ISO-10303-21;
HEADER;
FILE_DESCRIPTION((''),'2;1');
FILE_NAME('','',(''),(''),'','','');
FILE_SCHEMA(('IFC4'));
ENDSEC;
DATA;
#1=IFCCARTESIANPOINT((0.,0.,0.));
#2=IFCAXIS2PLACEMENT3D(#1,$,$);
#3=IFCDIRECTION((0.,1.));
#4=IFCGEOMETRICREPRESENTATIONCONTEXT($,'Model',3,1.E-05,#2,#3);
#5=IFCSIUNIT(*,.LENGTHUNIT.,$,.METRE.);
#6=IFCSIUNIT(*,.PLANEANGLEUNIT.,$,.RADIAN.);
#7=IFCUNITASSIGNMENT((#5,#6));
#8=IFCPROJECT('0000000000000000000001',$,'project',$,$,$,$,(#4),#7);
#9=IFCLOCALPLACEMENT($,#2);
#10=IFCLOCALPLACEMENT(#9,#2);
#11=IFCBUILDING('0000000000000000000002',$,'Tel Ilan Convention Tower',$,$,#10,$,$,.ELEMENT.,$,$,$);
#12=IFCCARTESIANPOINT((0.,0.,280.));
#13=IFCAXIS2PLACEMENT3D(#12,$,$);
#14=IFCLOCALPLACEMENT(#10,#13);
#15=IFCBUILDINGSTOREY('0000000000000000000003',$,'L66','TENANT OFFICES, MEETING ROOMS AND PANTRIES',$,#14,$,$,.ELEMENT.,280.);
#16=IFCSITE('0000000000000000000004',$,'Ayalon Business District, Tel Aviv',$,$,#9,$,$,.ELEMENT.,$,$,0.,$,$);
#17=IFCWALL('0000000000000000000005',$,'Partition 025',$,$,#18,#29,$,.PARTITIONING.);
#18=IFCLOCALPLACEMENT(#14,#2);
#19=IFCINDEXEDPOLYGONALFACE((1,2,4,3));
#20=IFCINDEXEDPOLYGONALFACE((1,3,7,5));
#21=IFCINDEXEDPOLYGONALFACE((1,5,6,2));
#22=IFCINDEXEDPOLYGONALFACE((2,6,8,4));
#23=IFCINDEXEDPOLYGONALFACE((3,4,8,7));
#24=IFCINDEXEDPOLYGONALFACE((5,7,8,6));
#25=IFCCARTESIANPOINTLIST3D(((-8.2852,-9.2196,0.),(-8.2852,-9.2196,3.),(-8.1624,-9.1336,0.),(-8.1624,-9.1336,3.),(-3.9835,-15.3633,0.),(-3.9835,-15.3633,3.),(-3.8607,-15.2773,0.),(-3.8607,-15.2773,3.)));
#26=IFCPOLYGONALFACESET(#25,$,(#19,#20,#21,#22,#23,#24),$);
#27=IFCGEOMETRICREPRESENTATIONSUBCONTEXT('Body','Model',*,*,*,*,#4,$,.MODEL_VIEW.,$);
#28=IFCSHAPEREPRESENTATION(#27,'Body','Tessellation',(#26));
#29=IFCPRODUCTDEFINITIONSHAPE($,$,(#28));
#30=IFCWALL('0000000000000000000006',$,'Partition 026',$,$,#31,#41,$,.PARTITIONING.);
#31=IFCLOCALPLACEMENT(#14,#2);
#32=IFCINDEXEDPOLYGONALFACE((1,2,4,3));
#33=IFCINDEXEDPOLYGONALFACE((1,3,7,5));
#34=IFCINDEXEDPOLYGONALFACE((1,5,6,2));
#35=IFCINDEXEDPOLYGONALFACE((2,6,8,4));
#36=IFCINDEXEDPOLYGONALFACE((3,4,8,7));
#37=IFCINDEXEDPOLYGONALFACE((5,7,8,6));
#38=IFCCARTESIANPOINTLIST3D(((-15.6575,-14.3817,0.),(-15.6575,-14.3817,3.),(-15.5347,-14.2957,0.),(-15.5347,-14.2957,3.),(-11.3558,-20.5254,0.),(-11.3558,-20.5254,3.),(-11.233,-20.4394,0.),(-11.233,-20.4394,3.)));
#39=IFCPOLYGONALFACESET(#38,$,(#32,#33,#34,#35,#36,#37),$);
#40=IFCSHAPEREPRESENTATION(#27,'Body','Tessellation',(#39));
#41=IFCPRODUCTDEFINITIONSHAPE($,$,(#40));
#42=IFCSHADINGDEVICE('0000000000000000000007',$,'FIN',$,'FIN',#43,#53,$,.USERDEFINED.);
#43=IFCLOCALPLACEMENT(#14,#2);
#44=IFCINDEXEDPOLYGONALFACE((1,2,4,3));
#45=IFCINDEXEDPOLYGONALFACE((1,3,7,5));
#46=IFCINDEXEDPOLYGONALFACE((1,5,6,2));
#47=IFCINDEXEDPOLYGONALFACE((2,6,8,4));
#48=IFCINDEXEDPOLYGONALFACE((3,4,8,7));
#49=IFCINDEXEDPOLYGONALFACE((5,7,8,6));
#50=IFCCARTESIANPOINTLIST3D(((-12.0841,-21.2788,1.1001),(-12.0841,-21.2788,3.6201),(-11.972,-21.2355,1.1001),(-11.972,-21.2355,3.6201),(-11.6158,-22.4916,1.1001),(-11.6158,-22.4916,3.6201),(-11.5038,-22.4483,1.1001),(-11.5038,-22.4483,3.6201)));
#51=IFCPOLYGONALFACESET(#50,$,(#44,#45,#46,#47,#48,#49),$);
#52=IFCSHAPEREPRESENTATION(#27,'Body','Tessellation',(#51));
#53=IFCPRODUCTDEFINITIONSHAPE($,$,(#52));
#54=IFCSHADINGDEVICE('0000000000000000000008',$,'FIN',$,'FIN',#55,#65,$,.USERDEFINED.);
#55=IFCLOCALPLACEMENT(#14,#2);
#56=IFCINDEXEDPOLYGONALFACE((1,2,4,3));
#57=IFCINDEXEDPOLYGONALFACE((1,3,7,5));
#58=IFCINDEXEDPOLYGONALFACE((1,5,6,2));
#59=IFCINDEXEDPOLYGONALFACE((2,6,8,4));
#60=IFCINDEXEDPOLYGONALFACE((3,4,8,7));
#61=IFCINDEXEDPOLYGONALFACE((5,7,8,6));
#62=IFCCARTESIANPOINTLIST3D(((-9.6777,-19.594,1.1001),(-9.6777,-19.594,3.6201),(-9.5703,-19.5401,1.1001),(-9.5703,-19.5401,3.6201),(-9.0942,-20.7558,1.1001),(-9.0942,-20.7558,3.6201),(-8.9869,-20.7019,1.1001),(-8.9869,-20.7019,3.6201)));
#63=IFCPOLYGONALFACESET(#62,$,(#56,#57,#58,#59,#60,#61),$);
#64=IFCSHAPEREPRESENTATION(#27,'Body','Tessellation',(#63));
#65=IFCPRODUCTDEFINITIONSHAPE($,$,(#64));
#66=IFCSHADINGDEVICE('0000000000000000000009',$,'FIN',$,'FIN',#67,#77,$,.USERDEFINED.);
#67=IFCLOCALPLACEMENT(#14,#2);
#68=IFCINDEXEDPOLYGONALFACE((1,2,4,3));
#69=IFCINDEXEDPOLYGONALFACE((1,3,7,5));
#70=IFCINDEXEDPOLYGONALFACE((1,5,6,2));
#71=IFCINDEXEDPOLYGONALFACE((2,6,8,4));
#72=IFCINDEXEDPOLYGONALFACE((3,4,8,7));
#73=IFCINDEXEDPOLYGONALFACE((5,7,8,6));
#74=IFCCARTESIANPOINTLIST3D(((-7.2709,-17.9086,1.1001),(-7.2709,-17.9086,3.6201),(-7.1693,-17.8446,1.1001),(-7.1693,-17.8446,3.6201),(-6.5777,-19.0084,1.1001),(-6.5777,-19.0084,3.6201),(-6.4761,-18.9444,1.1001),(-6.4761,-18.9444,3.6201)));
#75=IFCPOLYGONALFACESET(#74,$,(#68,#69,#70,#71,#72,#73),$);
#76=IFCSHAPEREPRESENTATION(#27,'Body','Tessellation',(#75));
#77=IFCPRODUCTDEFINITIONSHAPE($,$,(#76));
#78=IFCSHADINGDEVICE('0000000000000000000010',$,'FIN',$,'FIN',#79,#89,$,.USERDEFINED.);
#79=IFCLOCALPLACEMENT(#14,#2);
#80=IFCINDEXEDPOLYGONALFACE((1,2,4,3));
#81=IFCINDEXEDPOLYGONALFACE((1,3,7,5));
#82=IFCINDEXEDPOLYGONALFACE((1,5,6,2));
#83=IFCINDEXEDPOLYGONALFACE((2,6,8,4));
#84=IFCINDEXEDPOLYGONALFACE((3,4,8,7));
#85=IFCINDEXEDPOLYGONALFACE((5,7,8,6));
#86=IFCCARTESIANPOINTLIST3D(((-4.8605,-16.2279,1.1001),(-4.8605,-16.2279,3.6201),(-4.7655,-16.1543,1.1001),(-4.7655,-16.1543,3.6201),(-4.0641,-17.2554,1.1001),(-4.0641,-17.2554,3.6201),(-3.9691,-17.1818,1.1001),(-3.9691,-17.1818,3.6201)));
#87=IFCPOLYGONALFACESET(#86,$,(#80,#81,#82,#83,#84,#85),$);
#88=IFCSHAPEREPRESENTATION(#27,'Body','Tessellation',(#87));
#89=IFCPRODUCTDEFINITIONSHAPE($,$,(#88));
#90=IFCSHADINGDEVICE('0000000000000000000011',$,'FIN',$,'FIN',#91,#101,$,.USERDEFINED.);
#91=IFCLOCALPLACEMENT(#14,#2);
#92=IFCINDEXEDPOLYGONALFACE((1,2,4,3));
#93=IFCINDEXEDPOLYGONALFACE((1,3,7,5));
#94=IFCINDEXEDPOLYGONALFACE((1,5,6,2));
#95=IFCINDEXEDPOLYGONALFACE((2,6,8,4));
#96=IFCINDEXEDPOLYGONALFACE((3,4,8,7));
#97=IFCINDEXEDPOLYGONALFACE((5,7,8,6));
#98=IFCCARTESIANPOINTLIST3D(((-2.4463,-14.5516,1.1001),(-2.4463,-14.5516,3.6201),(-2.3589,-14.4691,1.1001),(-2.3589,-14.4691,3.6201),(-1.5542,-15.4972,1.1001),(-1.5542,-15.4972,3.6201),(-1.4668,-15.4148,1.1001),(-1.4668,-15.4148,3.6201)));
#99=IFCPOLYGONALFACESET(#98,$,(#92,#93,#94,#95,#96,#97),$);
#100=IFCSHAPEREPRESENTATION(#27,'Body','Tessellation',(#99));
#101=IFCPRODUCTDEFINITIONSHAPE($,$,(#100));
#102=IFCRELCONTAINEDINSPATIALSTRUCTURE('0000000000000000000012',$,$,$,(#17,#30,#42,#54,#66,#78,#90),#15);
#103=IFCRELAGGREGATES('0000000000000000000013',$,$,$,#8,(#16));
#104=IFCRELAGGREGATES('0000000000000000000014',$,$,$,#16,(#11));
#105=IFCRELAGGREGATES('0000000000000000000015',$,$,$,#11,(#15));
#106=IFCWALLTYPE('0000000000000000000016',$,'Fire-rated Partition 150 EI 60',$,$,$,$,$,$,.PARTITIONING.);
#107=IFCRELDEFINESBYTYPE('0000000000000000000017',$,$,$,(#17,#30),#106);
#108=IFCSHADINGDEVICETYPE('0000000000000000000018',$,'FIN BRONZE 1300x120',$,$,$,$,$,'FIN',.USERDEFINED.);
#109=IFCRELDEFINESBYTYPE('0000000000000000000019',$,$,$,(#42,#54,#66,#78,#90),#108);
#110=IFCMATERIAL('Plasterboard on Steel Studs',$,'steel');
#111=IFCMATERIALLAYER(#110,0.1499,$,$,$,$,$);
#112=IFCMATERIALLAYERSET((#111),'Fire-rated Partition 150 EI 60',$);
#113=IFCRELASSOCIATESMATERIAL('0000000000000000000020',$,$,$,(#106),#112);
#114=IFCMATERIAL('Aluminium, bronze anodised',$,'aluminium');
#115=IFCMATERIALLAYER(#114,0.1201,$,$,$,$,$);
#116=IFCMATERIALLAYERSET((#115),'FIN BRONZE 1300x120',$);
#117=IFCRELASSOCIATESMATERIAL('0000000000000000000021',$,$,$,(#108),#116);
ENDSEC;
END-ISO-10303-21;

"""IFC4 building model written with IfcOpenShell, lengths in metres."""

from ifc_helpers import new_model, si_unit, direction, frame, frame_2d, origin, origin_2d, place, context, subcontext, project, spatial, rectangle, extrude, material, layer, layer_set, type_object, element, save


model = new_model("IFC4")

# Units and contexts
model_context = context("Model", 3, precision=1e-05, world=origin(), true_north=direction((0.0, 1.0)))
body_context = subcontext(model_context, "Body", "Model", "MODEL_VIEW")
ifc_project = project(units=[si_unit("LENGTHUNIT", "METRE"), si_unit("PLANEANGLEUNIT", "RADIAN")], contexts=[model_context])

# Site, building, storey
site_placement = place(None, origin())
site = spatial("IfcSite", under=ifc_project, at=site_placement, Name="Ayalon Business District, Tel Aviv", CompositionType="ELEMENT", RefElevation=0.0)
building_placement = place(site_placement, origin())
building = spatial("IfcBuilding", under=site, at=building_placement, Name="Tel Ilan Convention Tower", CompositionType="ELEMENT")
storey_placement = place(building_placement, frame((0.0, 0.0, 280.0)))
storey = spatial("IfcBuildingStorey", under=building, at=storey_placement, Name="L66", Description="TENANT OFFICES, MEETING ROOMS AND PANTRIES", CompositionType="ELEMENT", Elevation=280.0)

# Walls
ifc_material_1 = material(Name="Plasterboard on Steel Studs", Category="steel")
ifc_layer_1 = layer(ifc_material_1, 0.1499)
ifc_layer_set_1 = layer_set([ifc_layer_1], Name="Fire-rated Partition 150 EI 60")
wall_type = type_object("IfcWallType", Name="Fire-rated Partition 150 EI 60", PredefinedType="PARTITIONING", material=ifc_layer_set_1)
for number, where, z_axis, x_axis, name in (
    (1, (-3.9221, -15.3203, 0.0), (0.0, 0.0, 1.0), (-0.573561, 0.819163, 0.0), "Partition 025"),
    (2, (-11.2944, -20.4824, 0.0), (0.0, 0.0, 1.0), (-0.573561, 0.819163, 0.0), "Partition 026"),
):
    element("IfcWall", number, at=place(storey_placement, frame(where, z_axis=z_axis, x_axis=x_axis)), inside=storey, type_object=wall_type, Name=name, PredefinedType="PARTITIONING", context=body_context, shape_type="SweptSolid", body=[
        extrude(rectangle(XDim=7.5, YDim=0.1499, at=frame_2d((3.75, 0.0))), origin(), (0.0, 0.0, 1.0), 3.0),
    ])

# Shading devices
ifc_material_2 = material(Name="Aluminium, bronze anodised", Category="aluminium")
ifc_layer_2 = layer(ifc_material_2, 0.1201)
ifc_layer_set_2 = layer_set([ifc_layer_2], Name="FIN BRONZE 1300x120")
shading_device_type = type_object("IfcShadingDeviceType", Name="FIN BRONZE 1300x120", ElementType="FIN", PredefinedType="USERDEFINED", material=ifc_layer_set_2)
for number, where, z_axis, x_axis, name in (
    (3, (-11.7939, -21.8635, 1.1001), (0.0, 0.0, 1.0), (0.360178, -0.932884, 0.0), "FIN"),
    (4, (-9.3323, -20.1479, 1.1001), (0.0, 0.0, 1.0), (0.448799, -0.893633, 0.0), "FIN"),
    (5, (-6.8735, -18.4265, 1.1001), (0.0, 0.0, 1.0), (0.533204, -0.845986, 0.0), "FIN"),
    (6, (-4.4148, -16.7048, 1.1001), (0.0, 0.0, 1.0), (0.612601, -0.790393, 0.0), "FIN"),
    (7, (-1.9565, -14.9832, 1.1001), (0.0, 0.0, 1.0), (0.686242, -0.727374, 0.0), "FIN"),
):
    element("IfcShadingDevice", number, at=place(storey_placement, frame(where, z_axis=z_axis, x_axis=x_axis)), inside=storey, type_object=shading_device_type, Name=name, ObjectType="FIN", PredefinedType="USERDEFINED", context=body_context, shape_type="SweptSolid", body=[
        extrude(rectangle(XDim=1.3, YDim=0.1201, at=origin_2d()), origin(), (0.0, 0.0, 1.0), 2.52),
    ])

save(model, "model.ifc")
